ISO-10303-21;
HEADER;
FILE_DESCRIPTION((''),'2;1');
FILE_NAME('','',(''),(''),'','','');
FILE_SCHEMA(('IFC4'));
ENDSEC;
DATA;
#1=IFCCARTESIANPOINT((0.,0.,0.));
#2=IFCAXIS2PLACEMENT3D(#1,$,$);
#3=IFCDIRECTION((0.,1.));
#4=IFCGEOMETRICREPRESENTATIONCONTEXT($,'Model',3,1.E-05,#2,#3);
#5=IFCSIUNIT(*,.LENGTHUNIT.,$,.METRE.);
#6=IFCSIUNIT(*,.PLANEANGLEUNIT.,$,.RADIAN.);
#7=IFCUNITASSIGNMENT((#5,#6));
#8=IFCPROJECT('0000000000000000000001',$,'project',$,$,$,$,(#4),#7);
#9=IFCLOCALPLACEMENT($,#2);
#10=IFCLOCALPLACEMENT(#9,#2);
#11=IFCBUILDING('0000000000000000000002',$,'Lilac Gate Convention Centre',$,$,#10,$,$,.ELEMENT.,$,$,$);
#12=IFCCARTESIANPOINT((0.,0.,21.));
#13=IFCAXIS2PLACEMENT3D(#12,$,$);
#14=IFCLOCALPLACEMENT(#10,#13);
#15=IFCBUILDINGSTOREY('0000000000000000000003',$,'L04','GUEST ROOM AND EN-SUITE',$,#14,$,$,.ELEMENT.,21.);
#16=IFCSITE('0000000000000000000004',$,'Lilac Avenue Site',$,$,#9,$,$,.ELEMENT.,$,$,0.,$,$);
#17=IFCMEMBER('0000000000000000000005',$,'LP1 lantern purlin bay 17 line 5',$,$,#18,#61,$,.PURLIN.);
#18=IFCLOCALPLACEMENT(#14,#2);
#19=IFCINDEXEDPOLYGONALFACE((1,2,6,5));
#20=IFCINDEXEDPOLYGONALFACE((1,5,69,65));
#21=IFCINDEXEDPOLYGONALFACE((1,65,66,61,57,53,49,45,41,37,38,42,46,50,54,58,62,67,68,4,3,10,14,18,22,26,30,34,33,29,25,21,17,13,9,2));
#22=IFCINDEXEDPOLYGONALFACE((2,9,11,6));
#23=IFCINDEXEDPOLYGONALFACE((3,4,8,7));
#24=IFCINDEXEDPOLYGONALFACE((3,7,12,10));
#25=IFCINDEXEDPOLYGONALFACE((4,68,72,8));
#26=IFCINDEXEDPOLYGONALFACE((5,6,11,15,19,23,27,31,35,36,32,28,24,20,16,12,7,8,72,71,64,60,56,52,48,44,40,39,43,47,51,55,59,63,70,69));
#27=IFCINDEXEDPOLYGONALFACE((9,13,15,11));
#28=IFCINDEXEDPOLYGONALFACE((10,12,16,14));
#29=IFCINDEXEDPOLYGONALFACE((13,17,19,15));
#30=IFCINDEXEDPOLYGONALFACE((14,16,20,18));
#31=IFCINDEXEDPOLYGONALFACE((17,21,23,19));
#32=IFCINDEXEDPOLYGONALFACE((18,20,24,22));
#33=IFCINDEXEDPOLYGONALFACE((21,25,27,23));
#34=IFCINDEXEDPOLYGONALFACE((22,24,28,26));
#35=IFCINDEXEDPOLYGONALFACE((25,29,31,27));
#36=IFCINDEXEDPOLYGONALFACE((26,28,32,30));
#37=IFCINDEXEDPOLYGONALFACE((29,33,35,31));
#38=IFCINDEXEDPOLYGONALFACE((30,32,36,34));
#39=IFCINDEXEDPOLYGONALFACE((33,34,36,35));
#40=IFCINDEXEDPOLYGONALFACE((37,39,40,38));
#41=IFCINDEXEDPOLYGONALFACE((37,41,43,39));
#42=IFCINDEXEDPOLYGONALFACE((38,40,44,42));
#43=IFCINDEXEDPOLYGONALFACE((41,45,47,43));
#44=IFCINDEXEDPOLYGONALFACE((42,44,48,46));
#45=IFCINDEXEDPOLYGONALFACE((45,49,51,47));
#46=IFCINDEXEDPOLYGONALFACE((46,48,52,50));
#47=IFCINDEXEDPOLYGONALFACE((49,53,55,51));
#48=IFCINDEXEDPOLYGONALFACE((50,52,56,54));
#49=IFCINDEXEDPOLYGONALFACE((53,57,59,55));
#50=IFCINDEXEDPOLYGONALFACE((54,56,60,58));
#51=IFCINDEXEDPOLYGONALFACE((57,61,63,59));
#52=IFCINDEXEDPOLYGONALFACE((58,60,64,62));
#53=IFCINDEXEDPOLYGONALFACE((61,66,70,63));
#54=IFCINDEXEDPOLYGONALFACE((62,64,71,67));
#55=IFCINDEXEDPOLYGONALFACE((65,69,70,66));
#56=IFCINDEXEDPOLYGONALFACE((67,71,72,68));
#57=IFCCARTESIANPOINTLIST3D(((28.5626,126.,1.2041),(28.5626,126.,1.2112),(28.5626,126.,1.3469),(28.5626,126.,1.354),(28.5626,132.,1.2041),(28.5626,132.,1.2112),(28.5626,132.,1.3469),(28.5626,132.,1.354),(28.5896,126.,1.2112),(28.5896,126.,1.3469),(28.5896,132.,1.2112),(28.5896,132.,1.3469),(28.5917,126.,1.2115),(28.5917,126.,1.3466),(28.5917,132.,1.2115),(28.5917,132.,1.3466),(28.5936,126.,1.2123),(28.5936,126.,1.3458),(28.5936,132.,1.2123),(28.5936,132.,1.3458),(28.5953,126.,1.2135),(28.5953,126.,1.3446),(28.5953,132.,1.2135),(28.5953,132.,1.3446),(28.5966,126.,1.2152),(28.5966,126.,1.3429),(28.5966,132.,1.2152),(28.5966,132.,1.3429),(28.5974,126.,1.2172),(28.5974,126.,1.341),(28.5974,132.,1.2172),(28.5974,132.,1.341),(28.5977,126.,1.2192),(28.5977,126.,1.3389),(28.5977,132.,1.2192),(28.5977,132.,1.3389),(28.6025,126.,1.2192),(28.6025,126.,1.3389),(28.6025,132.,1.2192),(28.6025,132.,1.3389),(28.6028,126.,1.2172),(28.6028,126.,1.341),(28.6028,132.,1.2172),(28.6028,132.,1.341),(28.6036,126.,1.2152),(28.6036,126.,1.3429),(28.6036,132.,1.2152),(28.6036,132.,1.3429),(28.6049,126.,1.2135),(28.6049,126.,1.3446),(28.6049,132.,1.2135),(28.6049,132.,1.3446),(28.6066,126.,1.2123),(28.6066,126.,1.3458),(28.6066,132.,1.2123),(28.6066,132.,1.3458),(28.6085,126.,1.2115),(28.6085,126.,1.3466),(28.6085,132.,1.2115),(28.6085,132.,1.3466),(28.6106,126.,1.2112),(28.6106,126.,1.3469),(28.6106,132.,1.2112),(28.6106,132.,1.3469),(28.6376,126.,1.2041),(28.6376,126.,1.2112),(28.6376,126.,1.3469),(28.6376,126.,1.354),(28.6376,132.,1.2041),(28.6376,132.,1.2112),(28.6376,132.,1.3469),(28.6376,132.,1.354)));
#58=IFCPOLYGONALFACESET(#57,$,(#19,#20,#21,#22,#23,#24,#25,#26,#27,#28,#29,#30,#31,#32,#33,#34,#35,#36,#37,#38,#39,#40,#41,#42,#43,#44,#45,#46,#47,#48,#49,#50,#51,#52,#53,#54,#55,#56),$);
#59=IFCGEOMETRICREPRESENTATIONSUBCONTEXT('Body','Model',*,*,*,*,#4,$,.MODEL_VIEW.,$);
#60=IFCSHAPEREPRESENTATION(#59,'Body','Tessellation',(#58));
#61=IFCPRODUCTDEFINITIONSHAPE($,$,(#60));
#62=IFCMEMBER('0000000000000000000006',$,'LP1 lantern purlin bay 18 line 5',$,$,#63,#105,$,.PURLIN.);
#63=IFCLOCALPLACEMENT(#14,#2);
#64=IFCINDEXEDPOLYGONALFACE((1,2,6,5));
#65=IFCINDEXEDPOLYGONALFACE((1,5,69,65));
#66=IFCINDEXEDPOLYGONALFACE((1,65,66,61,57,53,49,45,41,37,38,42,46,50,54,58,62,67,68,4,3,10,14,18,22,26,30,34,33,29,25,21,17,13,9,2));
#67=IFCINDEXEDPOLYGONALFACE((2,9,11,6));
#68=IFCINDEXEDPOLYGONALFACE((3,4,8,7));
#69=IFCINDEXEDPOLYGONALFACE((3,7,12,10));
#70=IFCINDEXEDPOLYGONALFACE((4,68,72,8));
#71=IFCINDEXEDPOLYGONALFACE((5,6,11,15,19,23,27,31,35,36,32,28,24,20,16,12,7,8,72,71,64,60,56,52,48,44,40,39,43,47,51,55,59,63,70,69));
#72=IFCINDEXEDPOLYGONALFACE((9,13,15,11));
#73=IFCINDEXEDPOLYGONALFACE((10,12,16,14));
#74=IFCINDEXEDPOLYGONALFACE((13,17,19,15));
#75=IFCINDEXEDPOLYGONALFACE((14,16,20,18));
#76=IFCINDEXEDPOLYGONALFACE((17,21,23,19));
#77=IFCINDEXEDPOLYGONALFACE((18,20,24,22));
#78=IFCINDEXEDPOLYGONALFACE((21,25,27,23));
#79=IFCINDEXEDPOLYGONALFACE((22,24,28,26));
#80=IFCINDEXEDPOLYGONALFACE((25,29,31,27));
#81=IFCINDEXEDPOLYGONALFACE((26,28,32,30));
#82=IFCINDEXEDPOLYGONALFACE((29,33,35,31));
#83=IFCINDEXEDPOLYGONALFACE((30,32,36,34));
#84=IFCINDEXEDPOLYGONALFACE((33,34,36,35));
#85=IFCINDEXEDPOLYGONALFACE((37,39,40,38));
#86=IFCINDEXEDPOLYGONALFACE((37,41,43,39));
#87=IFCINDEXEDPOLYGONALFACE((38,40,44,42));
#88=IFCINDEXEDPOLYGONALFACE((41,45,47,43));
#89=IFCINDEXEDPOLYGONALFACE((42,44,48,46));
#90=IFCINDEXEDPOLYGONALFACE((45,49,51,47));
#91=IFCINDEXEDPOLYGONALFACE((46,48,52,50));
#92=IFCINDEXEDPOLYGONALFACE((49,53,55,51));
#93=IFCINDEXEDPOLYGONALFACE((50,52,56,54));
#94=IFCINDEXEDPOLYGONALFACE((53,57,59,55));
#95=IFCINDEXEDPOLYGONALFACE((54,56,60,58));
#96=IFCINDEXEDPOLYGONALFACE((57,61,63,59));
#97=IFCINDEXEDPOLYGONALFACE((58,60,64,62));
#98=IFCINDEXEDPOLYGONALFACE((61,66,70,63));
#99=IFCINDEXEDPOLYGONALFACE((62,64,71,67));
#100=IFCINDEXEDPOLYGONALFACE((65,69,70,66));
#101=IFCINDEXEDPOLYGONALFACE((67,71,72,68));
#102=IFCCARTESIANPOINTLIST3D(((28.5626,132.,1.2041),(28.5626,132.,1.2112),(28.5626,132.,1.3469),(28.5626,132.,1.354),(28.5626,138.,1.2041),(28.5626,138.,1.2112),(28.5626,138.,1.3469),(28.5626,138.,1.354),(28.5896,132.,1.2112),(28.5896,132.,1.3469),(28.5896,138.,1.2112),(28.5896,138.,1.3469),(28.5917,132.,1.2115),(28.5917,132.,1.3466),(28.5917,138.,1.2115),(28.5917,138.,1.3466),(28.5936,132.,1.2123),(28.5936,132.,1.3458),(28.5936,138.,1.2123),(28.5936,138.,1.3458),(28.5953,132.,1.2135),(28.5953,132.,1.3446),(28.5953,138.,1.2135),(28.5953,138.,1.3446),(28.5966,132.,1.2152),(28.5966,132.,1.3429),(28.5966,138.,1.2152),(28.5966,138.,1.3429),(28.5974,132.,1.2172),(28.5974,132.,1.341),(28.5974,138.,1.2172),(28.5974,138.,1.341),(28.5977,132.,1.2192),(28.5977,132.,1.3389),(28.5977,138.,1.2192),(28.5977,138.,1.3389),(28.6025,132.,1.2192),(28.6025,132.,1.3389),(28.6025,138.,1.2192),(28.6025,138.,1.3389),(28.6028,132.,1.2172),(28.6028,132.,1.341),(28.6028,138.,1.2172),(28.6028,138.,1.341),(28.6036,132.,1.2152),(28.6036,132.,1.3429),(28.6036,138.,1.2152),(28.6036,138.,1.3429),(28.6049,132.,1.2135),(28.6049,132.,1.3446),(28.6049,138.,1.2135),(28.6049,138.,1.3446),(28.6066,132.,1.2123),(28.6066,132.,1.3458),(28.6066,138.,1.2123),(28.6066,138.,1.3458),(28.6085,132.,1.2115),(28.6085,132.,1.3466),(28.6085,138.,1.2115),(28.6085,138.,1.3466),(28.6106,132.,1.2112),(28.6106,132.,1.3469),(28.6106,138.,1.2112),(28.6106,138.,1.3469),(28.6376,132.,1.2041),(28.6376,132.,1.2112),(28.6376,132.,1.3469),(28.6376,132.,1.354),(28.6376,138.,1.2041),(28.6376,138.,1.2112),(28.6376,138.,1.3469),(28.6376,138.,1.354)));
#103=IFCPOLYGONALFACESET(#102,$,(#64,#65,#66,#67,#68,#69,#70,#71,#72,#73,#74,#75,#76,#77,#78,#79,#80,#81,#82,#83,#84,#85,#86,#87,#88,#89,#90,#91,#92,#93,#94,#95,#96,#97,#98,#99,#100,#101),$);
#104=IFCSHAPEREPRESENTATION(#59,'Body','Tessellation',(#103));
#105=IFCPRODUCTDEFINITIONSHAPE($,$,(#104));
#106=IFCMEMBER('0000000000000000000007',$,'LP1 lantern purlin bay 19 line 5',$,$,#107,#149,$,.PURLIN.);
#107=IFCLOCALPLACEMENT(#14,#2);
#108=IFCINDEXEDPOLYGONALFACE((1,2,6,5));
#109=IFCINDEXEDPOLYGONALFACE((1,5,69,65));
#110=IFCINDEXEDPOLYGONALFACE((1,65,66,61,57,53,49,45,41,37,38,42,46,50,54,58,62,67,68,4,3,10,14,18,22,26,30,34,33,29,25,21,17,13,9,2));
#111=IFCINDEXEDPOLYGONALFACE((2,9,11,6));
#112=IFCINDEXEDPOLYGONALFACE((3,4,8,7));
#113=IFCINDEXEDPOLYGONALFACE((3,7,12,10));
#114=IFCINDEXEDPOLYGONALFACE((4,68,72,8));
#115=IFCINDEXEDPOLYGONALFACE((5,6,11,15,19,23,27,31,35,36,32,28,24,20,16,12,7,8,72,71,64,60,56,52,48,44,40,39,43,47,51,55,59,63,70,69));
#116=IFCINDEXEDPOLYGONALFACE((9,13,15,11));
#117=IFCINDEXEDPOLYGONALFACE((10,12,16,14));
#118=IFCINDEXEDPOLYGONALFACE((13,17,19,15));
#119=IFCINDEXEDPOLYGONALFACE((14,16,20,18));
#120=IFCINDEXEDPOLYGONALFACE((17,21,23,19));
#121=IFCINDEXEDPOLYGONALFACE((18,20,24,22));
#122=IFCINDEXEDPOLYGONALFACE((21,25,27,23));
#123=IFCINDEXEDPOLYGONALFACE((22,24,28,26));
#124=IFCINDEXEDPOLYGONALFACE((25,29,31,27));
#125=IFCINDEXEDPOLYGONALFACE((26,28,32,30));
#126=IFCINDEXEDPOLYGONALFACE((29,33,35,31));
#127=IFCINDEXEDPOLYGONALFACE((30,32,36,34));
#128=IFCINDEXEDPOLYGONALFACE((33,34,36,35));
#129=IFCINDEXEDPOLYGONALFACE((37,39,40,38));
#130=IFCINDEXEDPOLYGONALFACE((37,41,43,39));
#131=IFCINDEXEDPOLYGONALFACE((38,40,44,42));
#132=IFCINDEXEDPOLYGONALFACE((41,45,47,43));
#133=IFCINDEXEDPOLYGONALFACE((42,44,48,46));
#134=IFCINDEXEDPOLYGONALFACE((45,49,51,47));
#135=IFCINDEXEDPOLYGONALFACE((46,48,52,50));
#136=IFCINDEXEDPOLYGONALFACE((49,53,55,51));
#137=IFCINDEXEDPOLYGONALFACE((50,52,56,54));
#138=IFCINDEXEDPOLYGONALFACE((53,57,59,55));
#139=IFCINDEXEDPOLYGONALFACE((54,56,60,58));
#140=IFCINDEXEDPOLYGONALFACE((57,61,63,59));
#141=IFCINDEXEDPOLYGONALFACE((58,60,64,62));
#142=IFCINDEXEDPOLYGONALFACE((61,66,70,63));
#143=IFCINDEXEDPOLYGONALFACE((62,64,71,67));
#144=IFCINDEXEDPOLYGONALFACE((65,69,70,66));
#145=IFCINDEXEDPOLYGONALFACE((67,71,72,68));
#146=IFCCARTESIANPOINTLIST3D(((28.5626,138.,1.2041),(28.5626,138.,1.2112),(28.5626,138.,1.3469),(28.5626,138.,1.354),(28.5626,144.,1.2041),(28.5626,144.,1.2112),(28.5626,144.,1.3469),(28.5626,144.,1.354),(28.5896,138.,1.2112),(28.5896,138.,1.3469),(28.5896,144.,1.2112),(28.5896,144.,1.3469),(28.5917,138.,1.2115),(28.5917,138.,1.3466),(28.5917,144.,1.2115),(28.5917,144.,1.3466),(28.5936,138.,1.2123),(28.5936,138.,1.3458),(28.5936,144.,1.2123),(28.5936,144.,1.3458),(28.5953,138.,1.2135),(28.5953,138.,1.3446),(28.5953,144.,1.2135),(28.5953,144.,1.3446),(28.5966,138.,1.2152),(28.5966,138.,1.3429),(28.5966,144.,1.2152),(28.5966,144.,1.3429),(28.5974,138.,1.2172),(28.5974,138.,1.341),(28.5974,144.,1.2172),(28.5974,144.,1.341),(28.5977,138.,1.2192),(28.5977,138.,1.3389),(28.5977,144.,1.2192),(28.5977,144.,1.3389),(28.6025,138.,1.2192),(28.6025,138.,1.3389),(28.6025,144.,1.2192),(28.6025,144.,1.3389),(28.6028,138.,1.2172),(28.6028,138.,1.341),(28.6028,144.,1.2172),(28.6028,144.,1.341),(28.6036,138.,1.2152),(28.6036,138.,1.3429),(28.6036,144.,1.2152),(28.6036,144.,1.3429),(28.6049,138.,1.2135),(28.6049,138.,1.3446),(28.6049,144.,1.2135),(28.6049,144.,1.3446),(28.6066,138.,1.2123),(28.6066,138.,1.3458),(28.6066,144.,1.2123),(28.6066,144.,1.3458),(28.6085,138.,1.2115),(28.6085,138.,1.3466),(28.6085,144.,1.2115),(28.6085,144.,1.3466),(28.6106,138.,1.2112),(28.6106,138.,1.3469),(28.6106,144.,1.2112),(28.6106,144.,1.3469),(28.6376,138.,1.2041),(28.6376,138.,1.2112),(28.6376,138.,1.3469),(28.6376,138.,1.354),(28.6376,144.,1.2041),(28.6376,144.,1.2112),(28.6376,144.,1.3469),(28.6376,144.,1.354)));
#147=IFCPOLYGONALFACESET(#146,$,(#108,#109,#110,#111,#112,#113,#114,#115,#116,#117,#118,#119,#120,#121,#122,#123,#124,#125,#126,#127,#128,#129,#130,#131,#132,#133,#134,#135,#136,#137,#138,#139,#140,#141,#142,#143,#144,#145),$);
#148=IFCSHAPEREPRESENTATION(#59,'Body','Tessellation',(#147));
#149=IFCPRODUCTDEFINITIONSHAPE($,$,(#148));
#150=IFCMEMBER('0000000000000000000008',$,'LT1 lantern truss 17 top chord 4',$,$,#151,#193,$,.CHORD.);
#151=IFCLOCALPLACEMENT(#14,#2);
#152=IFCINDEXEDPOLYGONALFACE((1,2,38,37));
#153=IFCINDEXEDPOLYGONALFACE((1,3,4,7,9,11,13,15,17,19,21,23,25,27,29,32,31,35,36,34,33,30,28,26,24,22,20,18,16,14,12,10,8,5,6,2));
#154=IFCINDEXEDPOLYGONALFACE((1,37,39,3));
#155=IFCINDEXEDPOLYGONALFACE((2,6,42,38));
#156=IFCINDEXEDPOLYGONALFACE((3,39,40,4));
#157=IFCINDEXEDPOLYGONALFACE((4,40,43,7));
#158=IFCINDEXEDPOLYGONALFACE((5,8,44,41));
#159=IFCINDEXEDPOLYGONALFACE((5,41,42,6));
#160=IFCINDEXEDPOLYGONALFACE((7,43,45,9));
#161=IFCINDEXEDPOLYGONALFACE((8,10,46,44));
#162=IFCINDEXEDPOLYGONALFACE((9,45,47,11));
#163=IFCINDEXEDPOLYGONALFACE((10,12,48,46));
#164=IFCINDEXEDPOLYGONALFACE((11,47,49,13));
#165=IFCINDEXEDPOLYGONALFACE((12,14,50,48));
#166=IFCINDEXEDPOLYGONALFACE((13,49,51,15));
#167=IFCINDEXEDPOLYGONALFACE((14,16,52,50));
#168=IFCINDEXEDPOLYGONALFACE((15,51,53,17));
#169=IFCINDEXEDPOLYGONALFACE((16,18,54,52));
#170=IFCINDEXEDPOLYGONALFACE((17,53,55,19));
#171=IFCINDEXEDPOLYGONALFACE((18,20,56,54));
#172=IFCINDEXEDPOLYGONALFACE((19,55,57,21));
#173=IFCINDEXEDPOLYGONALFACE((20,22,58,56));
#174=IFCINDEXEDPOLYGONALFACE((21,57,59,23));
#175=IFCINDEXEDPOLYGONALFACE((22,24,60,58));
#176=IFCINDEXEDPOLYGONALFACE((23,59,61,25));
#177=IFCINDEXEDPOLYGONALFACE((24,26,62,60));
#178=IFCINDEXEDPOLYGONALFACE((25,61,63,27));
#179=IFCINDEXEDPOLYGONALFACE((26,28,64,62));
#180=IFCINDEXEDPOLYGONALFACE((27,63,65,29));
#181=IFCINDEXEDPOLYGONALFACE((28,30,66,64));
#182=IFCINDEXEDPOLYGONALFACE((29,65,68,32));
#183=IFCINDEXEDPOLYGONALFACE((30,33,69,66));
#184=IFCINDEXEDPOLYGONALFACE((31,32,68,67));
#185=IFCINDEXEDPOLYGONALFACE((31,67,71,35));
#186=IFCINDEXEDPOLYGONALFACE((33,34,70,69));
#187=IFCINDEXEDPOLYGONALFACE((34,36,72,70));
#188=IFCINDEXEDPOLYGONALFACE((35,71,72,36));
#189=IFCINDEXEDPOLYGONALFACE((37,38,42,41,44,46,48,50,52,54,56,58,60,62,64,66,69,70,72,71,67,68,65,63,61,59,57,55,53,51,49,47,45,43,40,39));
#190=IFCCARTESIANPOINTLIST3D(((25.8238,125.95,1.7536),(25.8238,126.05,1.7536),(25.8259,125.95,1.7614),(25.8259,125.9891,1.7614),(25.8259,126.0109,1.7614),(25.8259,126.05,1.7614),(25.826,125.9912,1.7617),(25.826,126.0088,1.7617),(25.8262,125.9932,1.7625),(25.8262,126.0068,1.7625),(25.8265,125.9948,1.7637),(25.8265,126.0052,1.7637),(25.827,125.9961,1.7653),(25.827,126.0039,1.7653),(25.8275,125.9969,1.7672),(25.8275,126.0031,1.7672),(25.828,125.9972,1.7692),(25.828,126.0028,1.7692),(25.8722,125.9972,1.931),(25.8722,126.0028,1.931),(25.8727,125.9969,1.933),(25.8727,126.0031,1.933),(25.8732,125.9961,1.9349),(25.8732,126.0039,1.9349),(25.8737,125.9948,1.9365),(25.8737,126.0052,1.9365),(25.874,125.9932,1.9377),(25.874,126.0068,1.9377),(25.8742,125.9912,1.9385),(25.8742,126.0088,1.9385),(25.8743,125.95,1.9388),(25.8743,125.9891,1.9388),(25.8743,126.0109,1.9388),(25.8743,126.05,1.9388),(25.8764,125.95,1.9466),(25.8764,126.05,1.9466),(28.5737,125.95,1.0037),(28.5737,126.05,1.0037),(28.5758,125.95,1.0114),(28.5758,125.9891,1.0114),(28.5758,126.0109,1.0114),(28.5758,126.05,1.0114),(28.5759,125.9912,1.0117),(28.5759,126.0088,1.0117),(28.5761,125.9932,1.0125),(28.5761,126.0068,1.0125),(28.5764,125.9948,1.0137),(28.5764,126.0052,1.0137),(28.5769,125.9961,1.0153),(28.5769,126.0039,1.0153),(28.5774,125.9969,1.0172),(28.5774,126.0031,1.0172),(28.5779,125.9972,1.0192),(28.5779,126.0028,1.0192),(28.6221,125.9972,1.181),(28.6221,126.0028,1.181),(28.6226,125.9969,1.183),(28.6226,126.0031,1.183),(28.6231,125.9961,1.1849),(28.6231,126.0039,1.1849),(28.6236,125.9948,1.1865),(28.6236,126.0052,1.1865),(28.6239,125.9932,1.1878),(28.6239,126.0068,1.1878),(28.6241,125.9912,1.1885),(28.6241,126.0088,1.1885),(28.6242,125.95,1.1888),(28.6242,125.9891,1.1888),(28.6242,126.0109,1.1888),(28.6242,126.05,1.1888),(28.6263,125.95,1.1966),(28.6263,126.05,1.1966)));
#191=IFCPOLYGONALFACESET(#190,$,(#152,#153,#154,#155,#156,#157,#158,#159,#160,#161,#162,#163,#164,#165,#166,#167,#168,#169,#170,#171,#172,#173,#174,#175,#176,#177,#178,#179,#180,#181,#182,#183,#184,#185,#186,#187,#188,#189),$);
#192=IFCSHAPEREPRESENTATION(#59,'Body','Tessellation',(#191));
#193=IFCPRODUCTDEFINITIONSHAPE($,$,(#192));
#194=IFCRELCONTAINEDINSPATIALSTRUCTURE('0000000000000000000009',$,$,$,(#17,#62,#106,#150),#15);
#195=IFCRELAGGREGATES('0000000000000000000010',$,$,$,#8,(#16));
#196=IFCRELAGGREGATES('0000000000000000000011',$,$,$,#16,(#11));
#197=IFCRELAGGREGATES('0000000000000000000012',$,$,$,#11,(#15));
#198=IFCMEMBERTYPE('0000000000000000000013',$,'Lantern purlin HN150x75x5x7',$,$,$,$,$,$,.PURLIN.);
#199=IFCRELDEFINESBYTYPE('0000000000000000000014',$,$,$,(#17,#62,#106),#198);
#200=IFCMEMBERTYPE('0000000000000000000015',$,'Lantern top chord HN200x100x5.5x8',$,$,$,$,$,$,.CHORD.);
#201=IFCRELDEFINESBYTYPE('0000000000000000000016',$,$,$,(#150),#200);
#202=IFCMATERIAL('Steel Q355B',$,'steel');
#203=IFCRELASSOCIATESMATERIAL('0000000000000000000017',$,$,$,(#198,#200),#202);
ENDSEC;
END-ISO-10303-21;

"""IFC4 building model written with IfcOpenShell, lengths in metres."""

from ifc_helpers import new_model, si_unit, direction, frame, origin, origin_2d, place, context, subcontext, project, spatial, i_section, extrude, material, material_profile, profile_set, type_object, element, save


model = new_model("IFC4")

# Units and contexts
model_context = context("Model", 3, precision=1e-05, world=origin(), true_north=direction((0.0, 1.0)))
body_context = subcontext(model_context, "Body", "Model", "MODEL_VIEW")
ifc_project = project(units=[si_unit("LENGTHUNIT", "METRE"), si_unit("PLANEANGLEUNIT", "RADIAN")], contexts=[model_context])

# Site, building, storey
site_placement = place(None, origin())
site = spatial("IfcSite", under=ifc_project, at=site_placement, Name="Lilac Avenue Site", CompositionType="ELEMENT", RefElevation=0.0)
building_placement = place(site_placement, origin())
building = spatial("IfcBuilding", under=site, at=building_placement, Name="Lilac Gate Convention Centre", CompositionType="ELEMENT")
storey_placement = place(building_placement, frame((0.0, 0.0, 21.0)))
storey = spatial("IfcBuildingStorey", under=building, at=storey_placement, Name="L04", Description="GUEST ROOM AND EN-SUITE", CompositionType="ELEMENT", Elevation=21.0)

# Members
ifc_material_1 = material(Name="Steel Q355B", Category="steel")
ifc_material_profile_1 = material_profile(ifc_material_1, i_section(OverallWidth=0.075, OverallDepth=0.1499, WebThickness=0.0049, FlangeThickness=0.0071, FilletRadius=0.0081, at=origin_2d()), Name="HN150x75x5x7")
ifc_profile_set_1 = profile_set([ifc_material_profile_1], Name="Steel Q355B")
member_type_1 = type_object("IfcMemberType", Name="Lantern purlin HN150x75x5x7", PredefinedType="PURLIN", material=ifc_profile_set_1)
for number, where, z_axis, x_axis, name in (
    (1, (28.6001, 126.0, 1.2791), (0.0, 1.0, 0.0), (-1.0, 0.0, 0.0), "LP1 lantern purlin bay 17 line 5"),
    (2, (28.6001, 132.0, 1.2791), (0.0, 1.0, 0.0), (-1.0, 0.0, 0.0), "LP1 lantern purlin bay 18 line 5"),
    (3, (28.6001, 138.0, 1.2791), (0.0, 1.0, 0.0), (-1.0, 0.0, 0.0), "LP1 lantern purlin bay 19 line 5"),
):
    element("IfcMember", number, at=place(storey_placement, frame(where, z_axis=z_axis, x_axis=x_axis)), inside=storey, type_object=member_type_1, Name=name, PredefinedType="PURLIN", context=body_context, shape_type="SweptSolid", body=[
        extrude(i_section(OverallWidth=0.075, OverallDepth=0.1499, WebThickness=0.0049, FlangeThickness=0.0071, FilletRadius=0.0081, at=origin_2d()), origin(), (0.0, 0.0, 1.0), 6.0),
    ])
ifc_material_profile_2 = material_profile(ifc_material_1, i_section(OverallWidth=0.1001, OverallDepth=0.2, WebThickness=0.0056, FlangeThickness=0.0081, FilletRadius=0.0081, at=origin_2d()), Name="HN200x100x5.5x8")
ifc_profile_set_2 = profile_set([ifc_material_profile_2], Name="Steel Q355B")
member_type_2 = type_object("IfcMemberType", Name="Lantern top chord HN200x100x5.5x8", PredefinedType="CHORD", material=ifc_profile_set_2)
for number, where, z_axis, x_axis, name in (
    (4, (25.8501, 126.0, 1.8501), (0.964764, 0.0, -0.263117), (0.0, 1.0, 0.0), "LT1 lantern truss 17 top chord 4"),
):
    element("IfcMember", number, at=place(storey_placement, frame(where, z_axis=z_axis, x_axis=x_axis)), inside=storey, type_object=member_type_2, Name=name, PredefinedType="CHORD", context=body_context, shape_type="SweptSolid", body=[
        extrude(i_section(OverallWidth=0.1001, OverallDepth=0.2, WebThickness=0.0056, FlangeThickness=0.0081, FilletRadius=0.0081, at=origin_2d()), origin(), (0.0, 0.0, 1.0), 2.8503),
    ])

save(model, "model.ifc")
